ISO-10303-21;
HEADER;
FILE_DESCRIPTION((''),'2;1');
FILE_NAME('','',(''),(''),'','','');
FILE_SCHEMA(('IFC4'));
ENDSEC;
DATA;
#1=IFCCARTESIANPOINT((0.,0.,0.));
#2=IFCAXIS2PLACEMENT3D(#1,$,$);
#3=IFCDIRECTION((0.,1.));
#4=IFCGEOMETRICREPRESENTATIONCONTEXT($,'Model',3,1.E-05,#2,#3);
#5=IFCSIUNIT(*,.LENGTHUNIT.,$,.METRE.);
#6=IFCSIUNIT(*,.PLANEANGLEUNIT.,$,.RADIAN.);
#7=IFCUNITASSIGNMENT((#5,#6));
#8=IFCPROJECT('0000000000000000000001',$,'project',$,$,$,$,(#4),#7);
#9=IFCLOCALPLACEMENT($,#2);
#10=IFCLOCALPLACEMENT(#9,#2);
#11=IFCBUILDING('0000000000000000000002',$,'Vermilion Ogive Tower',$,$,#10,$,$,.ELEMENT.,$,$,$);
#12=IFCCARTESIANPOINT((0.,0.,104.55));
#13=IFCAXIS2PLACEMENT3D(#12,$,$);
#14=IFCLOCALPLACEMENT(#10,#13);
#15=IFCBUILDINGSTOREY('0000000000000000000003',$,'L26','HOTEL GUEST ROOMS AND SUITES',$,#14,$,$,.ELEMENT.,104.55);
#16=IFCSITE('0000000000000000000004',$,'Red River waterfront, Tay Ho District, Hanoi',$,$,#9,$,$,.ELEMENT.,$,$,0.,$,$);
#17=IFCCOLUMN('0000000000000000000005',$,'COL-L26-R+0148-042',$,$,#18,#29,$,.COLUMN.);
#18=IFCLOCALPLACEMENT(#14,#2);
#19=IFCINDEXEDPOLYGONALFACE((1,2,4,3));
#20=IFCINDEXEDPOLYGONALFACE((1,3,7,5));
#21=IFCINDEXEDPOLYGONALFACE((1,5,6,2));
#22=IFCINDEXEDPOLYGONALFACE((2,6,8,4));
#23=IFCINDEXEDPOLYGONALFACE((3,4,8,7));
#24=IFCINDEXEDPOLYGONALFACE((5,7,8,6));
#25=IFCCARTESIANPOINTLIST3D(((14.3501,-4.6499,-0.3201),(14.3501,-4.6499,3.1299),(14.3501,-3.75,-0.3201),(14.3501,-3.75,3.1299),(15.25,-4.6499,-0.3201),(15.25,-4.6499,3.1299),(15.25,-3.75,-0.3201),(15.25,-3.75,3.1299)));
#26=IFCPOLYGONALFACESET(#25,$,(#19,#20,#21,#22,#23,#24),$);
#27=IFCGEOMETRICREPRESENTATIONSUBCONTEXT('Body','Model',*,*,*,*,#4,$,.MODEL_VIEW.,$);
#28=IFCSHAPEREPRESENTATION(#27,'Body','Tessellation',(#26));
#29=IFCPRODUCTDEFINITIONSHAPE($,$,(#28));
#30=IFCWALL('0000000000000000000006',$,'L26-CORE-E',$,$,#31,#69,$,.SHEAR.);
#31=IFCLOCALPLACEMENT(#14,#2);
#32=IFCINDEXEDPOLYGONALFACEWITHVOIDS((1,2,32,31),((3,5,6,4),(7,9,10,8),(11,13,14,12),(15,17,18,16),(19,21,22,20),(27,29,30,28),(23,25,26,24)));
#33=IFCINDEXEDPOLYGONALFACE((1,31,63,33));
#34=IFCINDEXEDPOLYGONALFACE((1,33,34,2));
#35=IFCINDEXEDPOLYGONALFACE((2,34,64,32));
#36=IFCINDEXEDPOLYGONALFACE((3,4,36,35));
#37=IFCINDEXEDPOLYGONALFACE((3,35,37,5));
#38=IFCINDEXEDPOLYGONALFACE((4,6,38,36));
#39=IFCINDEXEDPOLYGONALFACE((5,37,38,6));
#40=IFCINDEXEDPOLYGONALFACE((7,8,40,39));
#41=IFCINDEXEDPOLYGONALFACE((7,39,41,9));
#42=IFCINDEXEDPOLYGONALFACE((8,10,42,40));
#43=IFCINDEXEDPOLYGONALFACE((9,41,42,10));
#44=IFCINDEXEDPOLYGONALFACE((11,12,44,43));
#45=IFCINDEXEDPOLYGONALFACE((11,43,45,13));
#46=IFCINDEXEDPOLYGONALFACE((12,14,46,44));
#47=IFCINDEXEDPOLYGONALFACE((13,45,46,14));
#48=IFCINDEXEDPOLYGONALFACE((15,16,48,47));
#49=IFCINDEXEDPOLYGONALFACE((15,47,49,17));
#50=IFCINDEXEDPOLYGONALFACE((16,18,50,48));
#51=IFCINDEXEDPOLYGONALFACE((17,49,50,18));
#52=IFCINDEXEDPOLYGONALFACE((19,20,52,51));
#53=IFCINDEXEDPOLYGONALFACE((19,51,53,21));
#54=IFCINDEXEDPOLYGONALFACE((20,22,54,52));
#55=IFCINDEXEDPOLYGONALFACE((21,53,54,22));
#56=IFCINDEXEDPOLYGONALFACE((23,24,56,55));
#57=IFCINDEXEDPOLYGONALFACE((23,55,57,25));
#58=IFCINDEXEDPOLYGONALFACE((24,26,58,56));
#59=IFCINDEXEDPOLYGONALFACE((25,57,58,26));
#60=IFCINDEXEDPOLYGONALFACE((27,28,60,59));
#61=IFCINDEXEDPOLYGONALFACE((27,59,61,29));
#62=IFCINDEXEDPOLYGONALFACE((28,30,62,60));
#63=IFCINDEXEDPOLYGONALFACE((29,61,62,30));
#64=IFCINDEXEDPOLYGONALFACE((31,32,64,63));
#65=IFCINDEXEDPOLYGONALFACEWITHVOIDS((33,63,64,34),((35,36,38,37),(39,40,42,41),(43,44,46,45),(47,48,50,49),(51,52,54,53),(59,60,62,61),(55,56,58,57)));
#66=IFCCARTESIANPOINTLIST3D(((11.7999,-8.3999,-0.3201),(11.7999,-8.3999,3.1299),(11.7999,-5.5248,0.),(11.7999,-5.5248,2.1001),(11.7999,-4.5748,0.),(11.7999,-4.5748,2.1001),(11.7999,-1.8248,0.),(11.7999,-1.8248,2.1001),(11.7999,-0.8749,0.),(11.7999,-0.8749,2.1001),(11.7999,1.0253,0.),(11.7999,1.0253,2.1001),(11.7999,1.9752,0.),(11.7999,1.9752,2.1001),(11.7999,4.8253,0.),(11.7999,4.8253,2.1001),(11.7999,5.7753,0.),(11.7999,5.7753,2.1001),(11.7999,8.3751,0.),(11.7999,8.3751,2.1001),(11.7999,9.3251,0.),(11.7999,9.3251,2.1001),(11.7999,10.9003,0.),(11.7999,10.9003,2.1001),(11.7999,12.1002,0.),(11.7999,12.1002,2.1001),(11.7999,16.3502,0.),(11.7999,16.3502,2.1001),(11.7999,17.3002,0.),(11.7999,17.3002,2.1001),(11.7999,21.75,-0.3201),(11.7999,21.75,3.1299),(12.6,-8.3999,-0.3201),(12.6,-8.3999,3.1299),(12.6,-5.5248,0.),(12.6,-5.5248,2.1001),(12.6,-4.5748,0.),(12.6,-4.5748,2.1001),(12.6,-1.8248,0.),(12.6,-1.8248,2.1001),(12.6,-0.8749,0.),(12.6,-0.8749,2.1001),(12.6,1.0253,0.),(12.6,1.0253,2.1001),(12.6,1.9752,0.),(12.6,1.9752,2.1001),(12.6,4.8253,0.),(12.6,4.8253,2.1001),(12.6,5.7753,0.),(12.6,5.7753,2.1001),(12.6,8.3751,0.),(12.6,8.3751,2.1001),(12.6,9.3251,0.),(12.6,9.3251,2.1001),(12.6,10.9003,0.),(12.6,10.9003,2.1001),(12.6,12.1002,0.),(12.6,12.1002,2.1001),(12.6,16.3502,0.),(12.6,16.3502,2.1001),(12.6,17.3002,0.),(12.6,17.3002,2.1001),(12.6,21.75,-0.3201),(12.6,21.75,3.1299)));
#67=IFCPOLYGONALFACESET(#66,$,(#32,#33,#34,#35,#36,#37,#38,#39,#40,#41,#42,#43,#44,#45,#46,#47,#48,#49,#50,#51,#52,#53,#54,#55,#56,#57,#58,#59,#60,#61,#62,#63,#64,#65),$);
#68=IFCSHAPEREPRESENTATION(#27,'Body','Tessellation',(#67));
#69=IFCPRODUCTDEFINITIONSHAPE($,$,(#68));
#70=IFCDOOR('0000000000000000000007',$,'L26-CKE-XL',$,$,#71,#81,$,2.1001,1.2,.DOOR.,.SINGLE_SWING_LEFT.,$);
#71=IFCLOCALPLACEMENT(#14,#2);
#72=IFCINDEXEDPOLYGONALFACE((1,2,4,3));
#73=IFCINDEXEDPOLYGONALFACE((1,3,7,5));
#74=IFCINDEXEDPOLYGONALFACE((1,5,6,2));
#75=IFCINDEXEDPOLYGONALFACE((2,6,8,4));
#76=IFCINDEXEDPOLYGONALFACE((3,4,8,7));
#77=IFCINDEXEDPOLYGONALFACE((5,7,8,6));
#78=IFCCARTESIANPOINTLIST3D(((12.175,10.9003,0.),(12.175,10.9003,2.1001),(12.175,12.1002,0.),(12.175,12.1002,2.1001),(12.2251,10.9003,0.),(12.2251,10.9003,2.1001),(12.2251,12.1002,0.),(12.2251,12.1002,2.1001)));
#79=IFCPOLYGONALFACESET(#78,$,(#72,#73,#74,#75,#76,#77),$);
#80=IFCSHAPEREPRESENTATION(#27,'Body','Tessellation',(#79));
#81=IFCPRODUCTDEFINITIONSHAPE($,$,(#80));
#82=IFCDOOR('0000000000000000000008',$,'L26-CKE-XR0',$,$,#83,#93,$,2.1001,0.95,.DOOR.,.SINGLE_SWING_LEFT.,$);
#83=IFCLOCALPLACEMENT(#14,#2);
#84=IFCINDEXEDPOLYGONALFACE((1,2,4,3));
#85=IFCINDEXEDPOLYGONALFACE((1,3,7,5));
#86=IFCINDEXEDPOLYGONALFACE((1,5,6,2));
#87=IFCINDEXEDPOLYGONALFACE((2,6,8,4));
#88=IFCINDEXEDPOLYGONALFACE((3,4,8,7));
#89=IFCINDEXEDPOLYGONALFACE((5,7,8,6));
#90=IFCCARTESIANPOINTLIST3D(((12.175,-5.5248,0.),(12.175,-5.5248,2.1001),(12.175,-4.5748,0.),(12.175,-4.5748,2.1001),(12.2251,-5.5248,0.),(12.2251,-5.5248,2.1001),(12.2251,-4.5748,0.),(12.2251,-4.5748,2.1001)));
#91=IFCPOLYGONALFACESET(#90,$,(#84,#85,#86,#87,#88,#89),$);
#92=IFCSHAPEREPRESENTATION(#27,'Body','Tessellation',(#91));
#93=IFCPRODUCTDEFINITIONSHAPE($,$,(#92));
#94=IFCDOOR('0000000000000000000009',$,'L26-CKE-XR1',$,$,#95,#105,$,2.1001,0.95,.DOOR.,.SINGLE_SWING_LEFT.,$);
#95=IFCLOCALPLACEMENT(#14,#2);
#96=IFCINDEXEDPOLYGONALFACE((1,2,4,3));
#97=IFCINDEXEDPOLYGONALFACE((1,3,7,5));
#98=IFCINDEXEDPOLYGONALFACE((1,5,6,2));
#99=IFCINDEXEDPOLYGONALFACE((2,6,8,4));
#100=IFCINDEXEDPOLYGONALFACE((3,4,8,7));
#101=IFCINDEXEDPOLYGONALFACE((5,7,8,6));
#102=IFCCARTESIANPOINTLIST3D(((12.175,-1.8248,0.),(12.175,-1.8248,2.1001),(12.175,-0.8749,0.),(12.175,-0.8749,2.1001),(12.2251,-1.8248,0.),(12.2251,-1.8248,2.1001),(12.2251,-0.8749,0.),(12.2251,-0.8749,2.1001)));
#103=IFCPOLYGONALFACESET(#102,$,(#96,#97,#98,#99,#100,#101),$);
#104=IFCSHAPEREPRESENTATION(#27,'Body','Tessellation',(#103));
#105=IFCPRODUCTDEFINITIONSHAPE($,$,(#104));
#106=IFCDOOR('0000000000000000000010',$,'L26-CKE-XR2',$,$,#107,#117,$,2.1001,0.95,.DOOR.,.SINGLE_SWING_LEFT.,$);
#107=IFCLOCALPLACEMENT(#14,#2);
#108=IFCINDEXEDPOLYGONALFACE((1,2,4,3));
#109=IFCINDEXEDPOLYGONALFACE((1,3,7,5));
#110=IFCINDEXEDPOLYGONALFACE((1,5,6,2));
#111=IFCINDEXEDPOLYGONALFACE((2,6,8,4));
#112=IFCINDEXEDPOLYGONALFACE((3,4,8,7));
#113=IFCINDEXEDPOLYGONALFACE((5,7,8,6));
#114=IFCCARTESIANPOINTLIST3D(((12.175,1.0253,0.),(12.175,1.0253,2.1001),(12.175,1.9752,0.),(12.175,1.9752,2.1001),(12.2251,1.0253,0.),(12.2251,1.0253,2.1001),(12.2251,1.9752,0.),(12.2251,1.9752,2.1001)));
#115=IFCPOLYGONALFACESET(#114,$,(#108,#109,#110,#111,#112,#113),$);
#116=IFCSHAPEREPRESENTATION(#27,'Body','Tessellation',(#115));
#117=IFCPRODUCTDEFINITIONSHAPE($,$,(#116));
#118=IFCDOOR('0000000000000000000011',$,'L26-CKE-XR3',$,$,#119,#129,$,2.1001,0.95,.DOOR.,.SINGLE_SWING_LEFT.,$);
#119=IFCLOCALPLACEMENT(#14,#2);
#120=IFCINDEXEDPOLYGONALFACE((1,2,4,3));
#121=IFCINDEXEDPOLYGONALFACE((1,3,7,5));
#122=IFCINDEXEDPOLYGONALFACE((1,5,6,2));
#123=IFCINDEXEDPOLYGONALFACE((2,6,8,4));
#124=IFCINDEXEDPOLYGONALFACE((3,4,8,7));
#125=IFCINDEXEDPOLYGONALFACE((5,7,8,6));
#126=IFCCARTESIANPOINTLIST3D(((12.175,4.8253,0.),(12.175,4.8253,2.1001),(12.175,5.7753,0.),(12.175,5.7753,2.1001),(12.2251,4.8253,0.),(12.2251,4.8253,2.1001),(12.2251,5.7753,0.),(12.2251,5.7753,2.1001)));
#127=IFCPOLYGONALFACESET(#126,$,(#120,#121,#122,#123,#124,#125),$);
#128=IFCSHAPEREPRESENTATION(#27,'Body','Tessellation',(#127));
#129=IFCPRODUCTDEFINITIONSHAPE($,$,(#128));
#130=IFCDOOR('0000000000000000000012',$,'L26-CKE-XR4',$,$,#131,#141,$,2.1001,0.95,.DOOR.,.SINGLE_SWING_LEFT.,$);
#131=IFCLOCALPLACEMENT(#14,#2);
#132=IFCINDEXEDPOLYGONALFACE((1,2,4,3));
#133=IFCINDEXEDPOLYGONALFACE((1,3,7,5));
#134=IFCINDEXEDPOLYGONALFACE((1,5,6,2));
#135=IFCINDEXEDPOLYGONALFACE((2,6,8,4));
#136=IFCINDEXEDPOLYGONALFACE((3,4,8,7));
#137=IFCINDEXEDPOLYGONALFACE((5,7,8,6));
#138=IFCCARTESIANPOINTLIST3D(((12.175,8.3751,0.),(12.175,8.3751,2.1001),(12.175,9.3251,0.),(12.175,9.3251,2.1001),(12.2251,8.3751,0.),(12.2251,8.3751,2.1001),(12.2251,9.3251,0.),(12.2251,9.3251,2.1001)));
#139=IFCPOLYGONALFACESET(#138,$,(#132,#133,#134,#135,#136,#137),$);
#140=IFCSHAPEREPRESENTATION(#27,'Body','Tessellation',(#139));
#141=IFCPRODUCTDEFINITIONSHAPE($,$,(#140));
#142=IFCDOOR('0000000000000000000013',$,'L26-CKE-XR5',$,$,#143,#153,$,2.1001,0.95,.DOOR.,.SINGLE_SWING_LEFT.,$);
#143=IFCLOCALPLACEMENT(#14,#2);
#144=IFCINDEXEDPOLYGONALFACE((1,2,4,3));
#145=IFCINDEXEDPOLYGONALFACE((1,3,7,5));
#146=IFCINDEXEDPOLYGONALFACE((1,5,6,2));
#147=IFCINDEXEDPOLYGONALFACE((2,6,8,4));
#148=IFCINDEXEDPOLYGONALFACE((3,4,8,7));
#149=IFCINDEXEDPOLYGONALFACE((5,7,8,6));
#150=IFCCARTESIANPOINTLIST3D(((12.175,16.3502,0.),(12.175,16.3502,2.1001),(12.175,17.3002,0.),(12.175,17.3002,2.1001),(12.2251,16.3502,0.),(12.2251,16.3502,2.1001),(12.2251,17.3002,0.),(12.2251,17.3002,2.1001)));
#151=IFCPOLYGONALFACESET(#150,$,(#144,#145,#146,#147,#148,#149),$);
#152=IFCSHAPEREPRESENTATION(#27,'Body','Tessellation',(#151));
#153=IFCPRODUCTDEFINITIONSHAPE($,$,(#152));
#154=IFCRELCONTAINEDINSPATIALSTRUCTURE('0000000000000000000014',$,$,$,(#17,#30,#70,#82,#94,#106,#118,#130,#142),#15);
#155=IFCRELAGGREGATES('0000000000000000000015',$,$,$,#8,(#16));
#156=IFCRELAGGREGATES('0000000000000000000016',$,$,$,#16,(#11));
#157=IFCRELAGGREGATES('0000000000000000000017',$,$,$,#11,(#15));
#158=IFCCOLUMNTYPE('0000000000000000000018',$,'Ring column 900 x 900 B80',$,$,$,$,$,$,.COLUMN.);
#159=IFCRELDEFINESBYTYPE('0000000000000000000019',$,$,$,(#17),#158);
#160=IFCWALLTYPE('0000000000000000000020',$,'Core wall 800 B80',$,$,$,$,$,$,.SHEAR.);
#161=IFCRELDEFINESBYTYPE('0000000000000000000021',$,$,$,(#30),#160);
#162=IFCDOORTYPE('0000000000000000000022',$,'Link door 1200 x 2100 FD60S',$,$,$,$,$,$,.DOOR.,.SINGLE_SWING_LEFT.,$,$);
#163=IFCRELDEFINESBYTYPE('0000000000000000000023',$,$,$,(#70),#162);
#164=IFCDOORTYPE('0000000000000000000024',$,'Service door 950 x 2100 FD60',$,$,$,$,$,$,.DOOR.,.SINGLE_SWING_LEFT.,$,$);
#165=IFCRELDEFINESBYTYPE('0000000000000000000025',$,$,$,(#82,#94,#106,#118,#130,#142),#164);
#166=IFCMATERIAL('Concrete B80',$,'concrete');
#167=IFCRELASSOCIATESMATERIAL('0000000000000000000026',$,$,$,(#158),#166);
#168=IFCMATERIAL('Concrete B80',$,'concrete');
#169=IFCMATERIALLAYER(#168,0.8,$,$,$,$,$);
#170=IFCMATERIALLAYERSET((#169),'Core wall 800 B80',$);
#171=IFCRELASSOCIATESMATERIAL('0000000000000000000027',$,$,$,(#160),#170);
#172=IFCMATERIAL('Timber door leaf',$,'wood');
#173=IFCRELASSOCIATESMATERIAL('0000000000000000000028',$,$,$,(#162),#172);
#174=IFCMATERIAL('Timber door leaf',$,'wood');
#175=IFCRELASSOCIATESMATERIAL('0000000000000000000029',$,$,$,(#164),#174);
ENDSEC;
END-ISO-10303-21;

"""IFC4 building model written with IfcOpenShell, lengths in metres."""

from ifc_helpers import new_model, si_unit, direction, frame, frame_2d, origin, origin_2d, place, context, subcontext, project, spatial, rectangle, extrude, material, layer, layer_set, material_profile, profile_set, type_object, element, fill, save


model = new_model("IFC4")

# Units and contexts
model_context = context("Model", 3, precision=1e-05, world=origin(), true_north=direction((0.0, 1.0)))
body_context = subcontext(model_context, "Body", "Model", "MODEL_VIEW")
ifc_project = project(units=[si_unit("LENGTHUNIT", "METRE"), si_unit("PLANEANGLEUNIT", "RADIAN")], contexts=[model_context])

# Site, building, storey
site_placement = place(None, origin())
site = spatial("IfcSite", under=ifc_project, at=site_placement, Name="Red River waterfront, Tay Ho District, Hanoi", CompositionType="ELEMENT", RefElevation=0.0)
building_placement = place(site_placement, origin())
building = spatial("IfcBuilding", under=site, at=building_placement, Name="Vermilion Ogive Tower", CompositionType="ELEMENT")
storey_placement = place(building_placement, frame((0.0, 0.0, 104.55)))
storey = spatial("IfcBuildingStorey", under=building, at=storey_placement, Name="L26", Description="HOTEL GUEST ROOMS AND SUITES", CompositionType="ELEMENT", Elevation=104.55)

# Column
ifc_material_1 = material(Name="Concrete B80", Category="concrete")
ifc_material_profile = material_profile(ifc_material_1, rectangle(XDim=0.8999, YDim=0.8999, at=origin_2d()), Name="900 x 900")
ifc_profile_set = profile_set([ifc_material_profile], Name="Concrete B80")
column_type = type_object("IfcColumnType", Name="Ring column 900 x 900 B80", PredefinedType="COLUMN", material=ifc_profile_set)
column_placement = place(storey_placement, frame((14.8, -4.2, -0.3201), z_axis=(0.0, 0.0, 1.0), x_axis=(1.0, 0.0, 0.0)))
element("IfcColumn", 1, at=column_placement, inside=storey, type_object=column_type, Name="COL-L26-R+0148-042", PredefinedType="COLUMN", context=body_context, shape_type="SweptSolid", body=[
    extrude(rectangle(XDim=0.8999, YDim=0.8999, at=origin_2d()), origin(), (0.0, 0.0, 1.0), 3.45),
])

# Wall, openings, doors
ifc_material_2 = material(Name="Concrete B80", Category="concrete")
ifc_layer_1 = layer(ifc_material_2, 0.8)
ifc_layer_set_1 = layer_set([ifc_layer_1], Name="Core wall 800 B80")
wall_type_1 = type_object("IfcWallType", Name="Core wall 800 B80", PredefinedType="SHEAR", material=ifc_layer_set_1)
wall_1_placement = place(storey_placement, frame((12.2, -8.3999, -0.3201), z_axis=(0.0, 0.0, 1.0), x_axis=(0.0, 1.0, 0.0)))
wall_1 = element("IfcWall", 2, at=wall_1_placement, inside=storey, type_object=wall_type_1, Name="L26-CORE-E", PredefinedType="SHEAR", context=body_context, shape_type="SweptSolid", body=[
    extrude(rectangle(XDim=30.1499, YDim=0.8, at=frame_2d((15.075, 0.0))), origin(), (0.0, 0.0, 1.0), 3.45),
])
opening_1_placement = place(wall_1_placement, frame((2.875, 0.0, 0.3201)))
opening_1 = element("IfcOpeningElement", 3, at=opening_1_placement, cuts=wall_1, PredefinedType="OPENING", context=body_context, shape_type="SweptSolid", body=[
    extrude(rectangle(XDim=0.95, YDim=2.1001, at=frame_2d((0.4751, 1.05))), frame((0.0, 0.4099, 0.0), z_axis=(0.0, -1.0, 0.0), x_axis=(1.0, 0.0, 0.0)), (0.0, 0.0, 1.0), 0.8201),
])
opening_2_placement = place(wall_1_placement, frame((6.575, 0.0, 0.3201)))
opening_2 = element("IfcOpeningElement", 4, at=opening_2_placement, cuts=wall_1, PredefinedType="OPENING", context=body_context, shape_type="SweptSolid", body=[
    extrude(rectangle(XDim=0.95, YDim=2.1001, at=frame_2d((0.4751, 1.05))), frame((0.0, 0.4099, 0.0), z_axis=(0.0, -1.0, 0.0), x_axis=(1.0, 0.0, 0.0)), (0.0, 0.0, 1.0), 0.8201),
])
opening_3_placement = place(wall_1_placement, frame((9.425, 0.0, 0.3201)))
opening_3 = element("IfcOpeningElement", 5, at=opening_3_placement, cuts=wall_1, PredefinedType="OPENING", context=body_context, shape_type="SweptSolid", body=[
    extrude(rectangle(XDim=0.95, YDim=2.1001, at=frame_2d((0.4751, 1.05))), frame((0.0, 0.4099, 0.0), z_axis=(0.0, -1.0, 0.0), x_axis=(1.0, 0.0, 0.0)), (0.0, 0.0, 1.0), 0.8201),
])
opening_4_placement = place(wall_1_placement, frame((13.2251, 0.0, 0.3201)))
opening_4 = element("IfcOpeningElement", 6, at=opening_4_placement, cuts=wall_1, PredefinedType="OPENING", context=body_context, shape_type="SweptSolid", body=[
    extrude(rectangle(XDim=0.95, YDim=2.1001, at=frame_2d((0.4751, 1.05))), frame((0.0, 0.4099, 0.0), z_axis=(0.0, -1.0, 0.0), x_axis=(1.0, 0.0, 0.0)), (0.0, 0.0, 1.0), 0.8201),
])
opening_5_placement = place(wall_1_placement, frame((16.7749, 0.0, 0.3201)))
opening_5 = element("IfcOpeningElement", 7, at=opening_5_placement, cuts=wall_1, PredefinedType="OPENING", context=body_context, shape_type="SweptSolid", body=[
    extrude(rectangle(XDim=0.95, YDim=2.1001, at=frame_2d((0.4751, 1.05))), frame((0.0, 0.4099, 0.0), z_axis=(0.0, -1.0, 0.0), x_axis=(1.0, 0.0, 0.0)), (0.0, 0.0, 1.0), 0.8201),
])
opening_6_placement = place(wall_1_placement, frame((24.75, 0.0, 0.3201)))
opening_6 = element("IfcOpeningElement", 8, at=opening_6_placement, cuts=wall_1, PredefinedType="OPENING", context=body_context, shape_type="SweptSolid", body=[
    extrude(rectangle(XDim=0.95, YDim=2.1001, at=frame_2d((0.4751, 1.05))), frame((0.0, 0.4099, 0.0), z_axis=(0.0, -1.0, 0.0), x_axis=(1.0, 0.0, 0.0)), (0.0, 0.0, 1.0), 0.8201),
])
opening_7_placement = place(wall_1_placement, frame((19.3, 0.0, 0.3201)))
opening_7 = element("IfcOpeningElement", 9, at=opening_7_placement, cuts=wall_1, PredefinedType="OPENING", context=body_context, shape_type="SweptSolid", body=[
    extrude(rectangle(XDim=1.2, YDim=2.1001, at=frame_2d((0.6001, 1.05))), frame((0.0, 0.4099, 0.0), z_axis=(0.0, -1.0, 0.0), x_axis=(1.0, 0.0, 0.0)), (0.0, 0.0, 1.0), 0.8201),
])
ifc_material_3 = material(Name="Timber door leaf", Category="wood")
door_type_1 = type_object("IfcDoorType", Name="Link door 1200 x 2100 FD60S", OperationType="SINGLE_SWING_LEFT", PredefinedType="DOOR", material=ifc_material_3)
door_1_placement = place(opening_7_placement, origin())
door_1 = element("IfcDoor", 10, at=door_1_placement, inside=storey, type_object=door_type_1, Name="L26-CKE-XL", OperationType="SINGLE_SWING_LEFT", OverallHeight=2.1001, OverallWidth=1.2, PredefinedType="DOOR", context=body_context, shape_type="SweptSolid", body=[
    extrude(rectangle(XDim=1.2, YDim=2.1001, at=frame_2d((0.6001, 1.05))), frame((0.0, 0.0249, 0.0), z_axis=(0.0, -1.0, 0.0), x_axis=(1.0, 0.0, 0.0)), (0.0, 0.0, 1.0), 0.05),
])
fill(opening_7, door_1)
ifc_material_4 = material(Name="Timber door leaf", Category="wood")
door_type_2 = type_object("IfcDoorType", Name="Service door 950 x 2100 FD60", OperationType="SINGLE_SWING_LEFT", PredefinedType="DOOR", material=ifc_material_4)
door_2_placement = place(opening_1_placement, origin())
door_2 = element("IfcDoor", 11, at=door_2_placement, inside=storey, type_object=door_type_2, Name="L26-CKE-XR0", OperationType="SINGLE_SWING_LEFT", OverallHeight=2.1001, OverallWidth=0.95, PredefinedType="DOOR", context=body_context, shape_type="SweptSolid", body=[
    extrude(rectangle(XDim=0.95, YDim=2.1001, at=frame_2d((0.4751, 1.05))), frame((0.0, 0.0249, 0.0), z_axis=(0.0, -1.0, 0.0), x_axis=(1.0, 0.0, 0.0)), (0.0, 0.0, 1.0), 0.05),
])
fill(opening_1, door_2)
door_3_placement = place(opening_2_placement, origin())
door_3 = element("IfcDoor", 12, at=door_3_placement, inside=storey, type_object=door_type_2, Name="L26-CKE-XR1", OperationType="SINGLE_SWING_LEFT", OverallHeight=2.1001, OverallWidth=0.95, PredefinedType="DOOR", context=body_context, shape_type="SweptSolid", body=[
    extrude(rectangle(XDim=0.95, YDim=2.1001, at=frame_2d((0.4751, 1.05))), frame((0.0, 0.0249, 0.0), z_axis=(0.0, -1.0, 0.0), x_axis=(1.0, 0.0, 0.0)), (0.0, 0.0, 1.0), 0.05),
])
fill(opening_2, door_3)
door_4_placement = place(opening_3_placement, origin())
door_4 = element("IfcDoor", 13, at=door_4_placement, inside=storey, type_object=door_type_2, Name="L26-CKE-XR2", OperationType="SINGLE_SWING_LEFT", OverallHeight=2.1001, OverallWidth=0.95, PredefinedType="DOOR", context=body_context, shape_type="SweptSolid", body=[
    extrude(rectangle(XDim=0.95, YDim=2.1001, at=frame_2d((0.4751, 1.05))), frame((0.0, 0.0249, 0.0), z_axis=(0.0, -1.0, 0.0), x_axis=(1.0, 0.0, 0.0)), (0.0, 0.0, 1.0), 0.05),
])
fill(opening_3, door_4)
door_5_placement = place(opening_4_placement, origin())
door_5 = element("IfcDoor", 14, at=door_5_placement, inside=storey, type_object=door_type_2, Name="L26-CKE-XR3", OperationType="SINGLE_SWING_LEFT", OverallHeight=2.1001, OverallWidth=0.95, PredefinedType="DOOR", context=body_context, shape_type="SweptSolid", body=[
    extrude(rectangle(XDim=0.95, YDim=2.1001, at=frame_2d((0.4751, 1.05))), frame((0.0, 0.0249, 0.0), z_axis=(0.0, -1.0, 0.0), x_axis=(1.0, 0.0, 0.0)), (0.0, 0.0, 1.0), 0.05),
])
fill(opening_4, door_5)
door_6_placement = place(opening_5_placement, origin())
door_6 = element("IfcDoor", 15, at=door_6_placement, inside=storey, type_object=door_type_2, Name="L26-CKE-XR4", OperationType="SINGLE_SWING_LEFT", OverallHeight=2.1001, OverallWidth=0.95, PredefinedType="DOOR", context=body_context, shape_type="SweptSolid", body=[
    extrude(rectangle(XDim=0.95, YDim=2.1001, at=frame_2d((0.4751, 1.05))), frame((0.0, 0.0249, 0.0), z_axis=(0.0, -1.0, 0.0), x_axis=(1.0, 0.0, 0.0)), (0.0, 0.0, 1.0), 0.05),
])
fill(opening_5, door_6)
door_7_placement = place(opening_6_placement, origin())
door_7 = element("IfcDoor", 16, at=door_7_placement, inside=storey, type_object=door_type_2, Name="L26-CKE-XR5", OperationType="SINGLE_SWING_LEFT", OverallHeight=2.1001, OverallWidth=0.95, PredefinedType="DOOR", context=body_context, shape_type="SweptSolid", body=[
    extrude(rectangle(XDim=0.95, YDim=2.1001, at=frame_2d((0.4751, 1.05))), frame((0.0, 0.0249, 0.0), z_axis=(0.0, -1.0, 0.0), x_axis=(1.0, 0.0, 0.0)), (0.0, 0.0, 1.0), 0.05),
])
fill(opening_6, door_7)

save(model, "model.ifc")
